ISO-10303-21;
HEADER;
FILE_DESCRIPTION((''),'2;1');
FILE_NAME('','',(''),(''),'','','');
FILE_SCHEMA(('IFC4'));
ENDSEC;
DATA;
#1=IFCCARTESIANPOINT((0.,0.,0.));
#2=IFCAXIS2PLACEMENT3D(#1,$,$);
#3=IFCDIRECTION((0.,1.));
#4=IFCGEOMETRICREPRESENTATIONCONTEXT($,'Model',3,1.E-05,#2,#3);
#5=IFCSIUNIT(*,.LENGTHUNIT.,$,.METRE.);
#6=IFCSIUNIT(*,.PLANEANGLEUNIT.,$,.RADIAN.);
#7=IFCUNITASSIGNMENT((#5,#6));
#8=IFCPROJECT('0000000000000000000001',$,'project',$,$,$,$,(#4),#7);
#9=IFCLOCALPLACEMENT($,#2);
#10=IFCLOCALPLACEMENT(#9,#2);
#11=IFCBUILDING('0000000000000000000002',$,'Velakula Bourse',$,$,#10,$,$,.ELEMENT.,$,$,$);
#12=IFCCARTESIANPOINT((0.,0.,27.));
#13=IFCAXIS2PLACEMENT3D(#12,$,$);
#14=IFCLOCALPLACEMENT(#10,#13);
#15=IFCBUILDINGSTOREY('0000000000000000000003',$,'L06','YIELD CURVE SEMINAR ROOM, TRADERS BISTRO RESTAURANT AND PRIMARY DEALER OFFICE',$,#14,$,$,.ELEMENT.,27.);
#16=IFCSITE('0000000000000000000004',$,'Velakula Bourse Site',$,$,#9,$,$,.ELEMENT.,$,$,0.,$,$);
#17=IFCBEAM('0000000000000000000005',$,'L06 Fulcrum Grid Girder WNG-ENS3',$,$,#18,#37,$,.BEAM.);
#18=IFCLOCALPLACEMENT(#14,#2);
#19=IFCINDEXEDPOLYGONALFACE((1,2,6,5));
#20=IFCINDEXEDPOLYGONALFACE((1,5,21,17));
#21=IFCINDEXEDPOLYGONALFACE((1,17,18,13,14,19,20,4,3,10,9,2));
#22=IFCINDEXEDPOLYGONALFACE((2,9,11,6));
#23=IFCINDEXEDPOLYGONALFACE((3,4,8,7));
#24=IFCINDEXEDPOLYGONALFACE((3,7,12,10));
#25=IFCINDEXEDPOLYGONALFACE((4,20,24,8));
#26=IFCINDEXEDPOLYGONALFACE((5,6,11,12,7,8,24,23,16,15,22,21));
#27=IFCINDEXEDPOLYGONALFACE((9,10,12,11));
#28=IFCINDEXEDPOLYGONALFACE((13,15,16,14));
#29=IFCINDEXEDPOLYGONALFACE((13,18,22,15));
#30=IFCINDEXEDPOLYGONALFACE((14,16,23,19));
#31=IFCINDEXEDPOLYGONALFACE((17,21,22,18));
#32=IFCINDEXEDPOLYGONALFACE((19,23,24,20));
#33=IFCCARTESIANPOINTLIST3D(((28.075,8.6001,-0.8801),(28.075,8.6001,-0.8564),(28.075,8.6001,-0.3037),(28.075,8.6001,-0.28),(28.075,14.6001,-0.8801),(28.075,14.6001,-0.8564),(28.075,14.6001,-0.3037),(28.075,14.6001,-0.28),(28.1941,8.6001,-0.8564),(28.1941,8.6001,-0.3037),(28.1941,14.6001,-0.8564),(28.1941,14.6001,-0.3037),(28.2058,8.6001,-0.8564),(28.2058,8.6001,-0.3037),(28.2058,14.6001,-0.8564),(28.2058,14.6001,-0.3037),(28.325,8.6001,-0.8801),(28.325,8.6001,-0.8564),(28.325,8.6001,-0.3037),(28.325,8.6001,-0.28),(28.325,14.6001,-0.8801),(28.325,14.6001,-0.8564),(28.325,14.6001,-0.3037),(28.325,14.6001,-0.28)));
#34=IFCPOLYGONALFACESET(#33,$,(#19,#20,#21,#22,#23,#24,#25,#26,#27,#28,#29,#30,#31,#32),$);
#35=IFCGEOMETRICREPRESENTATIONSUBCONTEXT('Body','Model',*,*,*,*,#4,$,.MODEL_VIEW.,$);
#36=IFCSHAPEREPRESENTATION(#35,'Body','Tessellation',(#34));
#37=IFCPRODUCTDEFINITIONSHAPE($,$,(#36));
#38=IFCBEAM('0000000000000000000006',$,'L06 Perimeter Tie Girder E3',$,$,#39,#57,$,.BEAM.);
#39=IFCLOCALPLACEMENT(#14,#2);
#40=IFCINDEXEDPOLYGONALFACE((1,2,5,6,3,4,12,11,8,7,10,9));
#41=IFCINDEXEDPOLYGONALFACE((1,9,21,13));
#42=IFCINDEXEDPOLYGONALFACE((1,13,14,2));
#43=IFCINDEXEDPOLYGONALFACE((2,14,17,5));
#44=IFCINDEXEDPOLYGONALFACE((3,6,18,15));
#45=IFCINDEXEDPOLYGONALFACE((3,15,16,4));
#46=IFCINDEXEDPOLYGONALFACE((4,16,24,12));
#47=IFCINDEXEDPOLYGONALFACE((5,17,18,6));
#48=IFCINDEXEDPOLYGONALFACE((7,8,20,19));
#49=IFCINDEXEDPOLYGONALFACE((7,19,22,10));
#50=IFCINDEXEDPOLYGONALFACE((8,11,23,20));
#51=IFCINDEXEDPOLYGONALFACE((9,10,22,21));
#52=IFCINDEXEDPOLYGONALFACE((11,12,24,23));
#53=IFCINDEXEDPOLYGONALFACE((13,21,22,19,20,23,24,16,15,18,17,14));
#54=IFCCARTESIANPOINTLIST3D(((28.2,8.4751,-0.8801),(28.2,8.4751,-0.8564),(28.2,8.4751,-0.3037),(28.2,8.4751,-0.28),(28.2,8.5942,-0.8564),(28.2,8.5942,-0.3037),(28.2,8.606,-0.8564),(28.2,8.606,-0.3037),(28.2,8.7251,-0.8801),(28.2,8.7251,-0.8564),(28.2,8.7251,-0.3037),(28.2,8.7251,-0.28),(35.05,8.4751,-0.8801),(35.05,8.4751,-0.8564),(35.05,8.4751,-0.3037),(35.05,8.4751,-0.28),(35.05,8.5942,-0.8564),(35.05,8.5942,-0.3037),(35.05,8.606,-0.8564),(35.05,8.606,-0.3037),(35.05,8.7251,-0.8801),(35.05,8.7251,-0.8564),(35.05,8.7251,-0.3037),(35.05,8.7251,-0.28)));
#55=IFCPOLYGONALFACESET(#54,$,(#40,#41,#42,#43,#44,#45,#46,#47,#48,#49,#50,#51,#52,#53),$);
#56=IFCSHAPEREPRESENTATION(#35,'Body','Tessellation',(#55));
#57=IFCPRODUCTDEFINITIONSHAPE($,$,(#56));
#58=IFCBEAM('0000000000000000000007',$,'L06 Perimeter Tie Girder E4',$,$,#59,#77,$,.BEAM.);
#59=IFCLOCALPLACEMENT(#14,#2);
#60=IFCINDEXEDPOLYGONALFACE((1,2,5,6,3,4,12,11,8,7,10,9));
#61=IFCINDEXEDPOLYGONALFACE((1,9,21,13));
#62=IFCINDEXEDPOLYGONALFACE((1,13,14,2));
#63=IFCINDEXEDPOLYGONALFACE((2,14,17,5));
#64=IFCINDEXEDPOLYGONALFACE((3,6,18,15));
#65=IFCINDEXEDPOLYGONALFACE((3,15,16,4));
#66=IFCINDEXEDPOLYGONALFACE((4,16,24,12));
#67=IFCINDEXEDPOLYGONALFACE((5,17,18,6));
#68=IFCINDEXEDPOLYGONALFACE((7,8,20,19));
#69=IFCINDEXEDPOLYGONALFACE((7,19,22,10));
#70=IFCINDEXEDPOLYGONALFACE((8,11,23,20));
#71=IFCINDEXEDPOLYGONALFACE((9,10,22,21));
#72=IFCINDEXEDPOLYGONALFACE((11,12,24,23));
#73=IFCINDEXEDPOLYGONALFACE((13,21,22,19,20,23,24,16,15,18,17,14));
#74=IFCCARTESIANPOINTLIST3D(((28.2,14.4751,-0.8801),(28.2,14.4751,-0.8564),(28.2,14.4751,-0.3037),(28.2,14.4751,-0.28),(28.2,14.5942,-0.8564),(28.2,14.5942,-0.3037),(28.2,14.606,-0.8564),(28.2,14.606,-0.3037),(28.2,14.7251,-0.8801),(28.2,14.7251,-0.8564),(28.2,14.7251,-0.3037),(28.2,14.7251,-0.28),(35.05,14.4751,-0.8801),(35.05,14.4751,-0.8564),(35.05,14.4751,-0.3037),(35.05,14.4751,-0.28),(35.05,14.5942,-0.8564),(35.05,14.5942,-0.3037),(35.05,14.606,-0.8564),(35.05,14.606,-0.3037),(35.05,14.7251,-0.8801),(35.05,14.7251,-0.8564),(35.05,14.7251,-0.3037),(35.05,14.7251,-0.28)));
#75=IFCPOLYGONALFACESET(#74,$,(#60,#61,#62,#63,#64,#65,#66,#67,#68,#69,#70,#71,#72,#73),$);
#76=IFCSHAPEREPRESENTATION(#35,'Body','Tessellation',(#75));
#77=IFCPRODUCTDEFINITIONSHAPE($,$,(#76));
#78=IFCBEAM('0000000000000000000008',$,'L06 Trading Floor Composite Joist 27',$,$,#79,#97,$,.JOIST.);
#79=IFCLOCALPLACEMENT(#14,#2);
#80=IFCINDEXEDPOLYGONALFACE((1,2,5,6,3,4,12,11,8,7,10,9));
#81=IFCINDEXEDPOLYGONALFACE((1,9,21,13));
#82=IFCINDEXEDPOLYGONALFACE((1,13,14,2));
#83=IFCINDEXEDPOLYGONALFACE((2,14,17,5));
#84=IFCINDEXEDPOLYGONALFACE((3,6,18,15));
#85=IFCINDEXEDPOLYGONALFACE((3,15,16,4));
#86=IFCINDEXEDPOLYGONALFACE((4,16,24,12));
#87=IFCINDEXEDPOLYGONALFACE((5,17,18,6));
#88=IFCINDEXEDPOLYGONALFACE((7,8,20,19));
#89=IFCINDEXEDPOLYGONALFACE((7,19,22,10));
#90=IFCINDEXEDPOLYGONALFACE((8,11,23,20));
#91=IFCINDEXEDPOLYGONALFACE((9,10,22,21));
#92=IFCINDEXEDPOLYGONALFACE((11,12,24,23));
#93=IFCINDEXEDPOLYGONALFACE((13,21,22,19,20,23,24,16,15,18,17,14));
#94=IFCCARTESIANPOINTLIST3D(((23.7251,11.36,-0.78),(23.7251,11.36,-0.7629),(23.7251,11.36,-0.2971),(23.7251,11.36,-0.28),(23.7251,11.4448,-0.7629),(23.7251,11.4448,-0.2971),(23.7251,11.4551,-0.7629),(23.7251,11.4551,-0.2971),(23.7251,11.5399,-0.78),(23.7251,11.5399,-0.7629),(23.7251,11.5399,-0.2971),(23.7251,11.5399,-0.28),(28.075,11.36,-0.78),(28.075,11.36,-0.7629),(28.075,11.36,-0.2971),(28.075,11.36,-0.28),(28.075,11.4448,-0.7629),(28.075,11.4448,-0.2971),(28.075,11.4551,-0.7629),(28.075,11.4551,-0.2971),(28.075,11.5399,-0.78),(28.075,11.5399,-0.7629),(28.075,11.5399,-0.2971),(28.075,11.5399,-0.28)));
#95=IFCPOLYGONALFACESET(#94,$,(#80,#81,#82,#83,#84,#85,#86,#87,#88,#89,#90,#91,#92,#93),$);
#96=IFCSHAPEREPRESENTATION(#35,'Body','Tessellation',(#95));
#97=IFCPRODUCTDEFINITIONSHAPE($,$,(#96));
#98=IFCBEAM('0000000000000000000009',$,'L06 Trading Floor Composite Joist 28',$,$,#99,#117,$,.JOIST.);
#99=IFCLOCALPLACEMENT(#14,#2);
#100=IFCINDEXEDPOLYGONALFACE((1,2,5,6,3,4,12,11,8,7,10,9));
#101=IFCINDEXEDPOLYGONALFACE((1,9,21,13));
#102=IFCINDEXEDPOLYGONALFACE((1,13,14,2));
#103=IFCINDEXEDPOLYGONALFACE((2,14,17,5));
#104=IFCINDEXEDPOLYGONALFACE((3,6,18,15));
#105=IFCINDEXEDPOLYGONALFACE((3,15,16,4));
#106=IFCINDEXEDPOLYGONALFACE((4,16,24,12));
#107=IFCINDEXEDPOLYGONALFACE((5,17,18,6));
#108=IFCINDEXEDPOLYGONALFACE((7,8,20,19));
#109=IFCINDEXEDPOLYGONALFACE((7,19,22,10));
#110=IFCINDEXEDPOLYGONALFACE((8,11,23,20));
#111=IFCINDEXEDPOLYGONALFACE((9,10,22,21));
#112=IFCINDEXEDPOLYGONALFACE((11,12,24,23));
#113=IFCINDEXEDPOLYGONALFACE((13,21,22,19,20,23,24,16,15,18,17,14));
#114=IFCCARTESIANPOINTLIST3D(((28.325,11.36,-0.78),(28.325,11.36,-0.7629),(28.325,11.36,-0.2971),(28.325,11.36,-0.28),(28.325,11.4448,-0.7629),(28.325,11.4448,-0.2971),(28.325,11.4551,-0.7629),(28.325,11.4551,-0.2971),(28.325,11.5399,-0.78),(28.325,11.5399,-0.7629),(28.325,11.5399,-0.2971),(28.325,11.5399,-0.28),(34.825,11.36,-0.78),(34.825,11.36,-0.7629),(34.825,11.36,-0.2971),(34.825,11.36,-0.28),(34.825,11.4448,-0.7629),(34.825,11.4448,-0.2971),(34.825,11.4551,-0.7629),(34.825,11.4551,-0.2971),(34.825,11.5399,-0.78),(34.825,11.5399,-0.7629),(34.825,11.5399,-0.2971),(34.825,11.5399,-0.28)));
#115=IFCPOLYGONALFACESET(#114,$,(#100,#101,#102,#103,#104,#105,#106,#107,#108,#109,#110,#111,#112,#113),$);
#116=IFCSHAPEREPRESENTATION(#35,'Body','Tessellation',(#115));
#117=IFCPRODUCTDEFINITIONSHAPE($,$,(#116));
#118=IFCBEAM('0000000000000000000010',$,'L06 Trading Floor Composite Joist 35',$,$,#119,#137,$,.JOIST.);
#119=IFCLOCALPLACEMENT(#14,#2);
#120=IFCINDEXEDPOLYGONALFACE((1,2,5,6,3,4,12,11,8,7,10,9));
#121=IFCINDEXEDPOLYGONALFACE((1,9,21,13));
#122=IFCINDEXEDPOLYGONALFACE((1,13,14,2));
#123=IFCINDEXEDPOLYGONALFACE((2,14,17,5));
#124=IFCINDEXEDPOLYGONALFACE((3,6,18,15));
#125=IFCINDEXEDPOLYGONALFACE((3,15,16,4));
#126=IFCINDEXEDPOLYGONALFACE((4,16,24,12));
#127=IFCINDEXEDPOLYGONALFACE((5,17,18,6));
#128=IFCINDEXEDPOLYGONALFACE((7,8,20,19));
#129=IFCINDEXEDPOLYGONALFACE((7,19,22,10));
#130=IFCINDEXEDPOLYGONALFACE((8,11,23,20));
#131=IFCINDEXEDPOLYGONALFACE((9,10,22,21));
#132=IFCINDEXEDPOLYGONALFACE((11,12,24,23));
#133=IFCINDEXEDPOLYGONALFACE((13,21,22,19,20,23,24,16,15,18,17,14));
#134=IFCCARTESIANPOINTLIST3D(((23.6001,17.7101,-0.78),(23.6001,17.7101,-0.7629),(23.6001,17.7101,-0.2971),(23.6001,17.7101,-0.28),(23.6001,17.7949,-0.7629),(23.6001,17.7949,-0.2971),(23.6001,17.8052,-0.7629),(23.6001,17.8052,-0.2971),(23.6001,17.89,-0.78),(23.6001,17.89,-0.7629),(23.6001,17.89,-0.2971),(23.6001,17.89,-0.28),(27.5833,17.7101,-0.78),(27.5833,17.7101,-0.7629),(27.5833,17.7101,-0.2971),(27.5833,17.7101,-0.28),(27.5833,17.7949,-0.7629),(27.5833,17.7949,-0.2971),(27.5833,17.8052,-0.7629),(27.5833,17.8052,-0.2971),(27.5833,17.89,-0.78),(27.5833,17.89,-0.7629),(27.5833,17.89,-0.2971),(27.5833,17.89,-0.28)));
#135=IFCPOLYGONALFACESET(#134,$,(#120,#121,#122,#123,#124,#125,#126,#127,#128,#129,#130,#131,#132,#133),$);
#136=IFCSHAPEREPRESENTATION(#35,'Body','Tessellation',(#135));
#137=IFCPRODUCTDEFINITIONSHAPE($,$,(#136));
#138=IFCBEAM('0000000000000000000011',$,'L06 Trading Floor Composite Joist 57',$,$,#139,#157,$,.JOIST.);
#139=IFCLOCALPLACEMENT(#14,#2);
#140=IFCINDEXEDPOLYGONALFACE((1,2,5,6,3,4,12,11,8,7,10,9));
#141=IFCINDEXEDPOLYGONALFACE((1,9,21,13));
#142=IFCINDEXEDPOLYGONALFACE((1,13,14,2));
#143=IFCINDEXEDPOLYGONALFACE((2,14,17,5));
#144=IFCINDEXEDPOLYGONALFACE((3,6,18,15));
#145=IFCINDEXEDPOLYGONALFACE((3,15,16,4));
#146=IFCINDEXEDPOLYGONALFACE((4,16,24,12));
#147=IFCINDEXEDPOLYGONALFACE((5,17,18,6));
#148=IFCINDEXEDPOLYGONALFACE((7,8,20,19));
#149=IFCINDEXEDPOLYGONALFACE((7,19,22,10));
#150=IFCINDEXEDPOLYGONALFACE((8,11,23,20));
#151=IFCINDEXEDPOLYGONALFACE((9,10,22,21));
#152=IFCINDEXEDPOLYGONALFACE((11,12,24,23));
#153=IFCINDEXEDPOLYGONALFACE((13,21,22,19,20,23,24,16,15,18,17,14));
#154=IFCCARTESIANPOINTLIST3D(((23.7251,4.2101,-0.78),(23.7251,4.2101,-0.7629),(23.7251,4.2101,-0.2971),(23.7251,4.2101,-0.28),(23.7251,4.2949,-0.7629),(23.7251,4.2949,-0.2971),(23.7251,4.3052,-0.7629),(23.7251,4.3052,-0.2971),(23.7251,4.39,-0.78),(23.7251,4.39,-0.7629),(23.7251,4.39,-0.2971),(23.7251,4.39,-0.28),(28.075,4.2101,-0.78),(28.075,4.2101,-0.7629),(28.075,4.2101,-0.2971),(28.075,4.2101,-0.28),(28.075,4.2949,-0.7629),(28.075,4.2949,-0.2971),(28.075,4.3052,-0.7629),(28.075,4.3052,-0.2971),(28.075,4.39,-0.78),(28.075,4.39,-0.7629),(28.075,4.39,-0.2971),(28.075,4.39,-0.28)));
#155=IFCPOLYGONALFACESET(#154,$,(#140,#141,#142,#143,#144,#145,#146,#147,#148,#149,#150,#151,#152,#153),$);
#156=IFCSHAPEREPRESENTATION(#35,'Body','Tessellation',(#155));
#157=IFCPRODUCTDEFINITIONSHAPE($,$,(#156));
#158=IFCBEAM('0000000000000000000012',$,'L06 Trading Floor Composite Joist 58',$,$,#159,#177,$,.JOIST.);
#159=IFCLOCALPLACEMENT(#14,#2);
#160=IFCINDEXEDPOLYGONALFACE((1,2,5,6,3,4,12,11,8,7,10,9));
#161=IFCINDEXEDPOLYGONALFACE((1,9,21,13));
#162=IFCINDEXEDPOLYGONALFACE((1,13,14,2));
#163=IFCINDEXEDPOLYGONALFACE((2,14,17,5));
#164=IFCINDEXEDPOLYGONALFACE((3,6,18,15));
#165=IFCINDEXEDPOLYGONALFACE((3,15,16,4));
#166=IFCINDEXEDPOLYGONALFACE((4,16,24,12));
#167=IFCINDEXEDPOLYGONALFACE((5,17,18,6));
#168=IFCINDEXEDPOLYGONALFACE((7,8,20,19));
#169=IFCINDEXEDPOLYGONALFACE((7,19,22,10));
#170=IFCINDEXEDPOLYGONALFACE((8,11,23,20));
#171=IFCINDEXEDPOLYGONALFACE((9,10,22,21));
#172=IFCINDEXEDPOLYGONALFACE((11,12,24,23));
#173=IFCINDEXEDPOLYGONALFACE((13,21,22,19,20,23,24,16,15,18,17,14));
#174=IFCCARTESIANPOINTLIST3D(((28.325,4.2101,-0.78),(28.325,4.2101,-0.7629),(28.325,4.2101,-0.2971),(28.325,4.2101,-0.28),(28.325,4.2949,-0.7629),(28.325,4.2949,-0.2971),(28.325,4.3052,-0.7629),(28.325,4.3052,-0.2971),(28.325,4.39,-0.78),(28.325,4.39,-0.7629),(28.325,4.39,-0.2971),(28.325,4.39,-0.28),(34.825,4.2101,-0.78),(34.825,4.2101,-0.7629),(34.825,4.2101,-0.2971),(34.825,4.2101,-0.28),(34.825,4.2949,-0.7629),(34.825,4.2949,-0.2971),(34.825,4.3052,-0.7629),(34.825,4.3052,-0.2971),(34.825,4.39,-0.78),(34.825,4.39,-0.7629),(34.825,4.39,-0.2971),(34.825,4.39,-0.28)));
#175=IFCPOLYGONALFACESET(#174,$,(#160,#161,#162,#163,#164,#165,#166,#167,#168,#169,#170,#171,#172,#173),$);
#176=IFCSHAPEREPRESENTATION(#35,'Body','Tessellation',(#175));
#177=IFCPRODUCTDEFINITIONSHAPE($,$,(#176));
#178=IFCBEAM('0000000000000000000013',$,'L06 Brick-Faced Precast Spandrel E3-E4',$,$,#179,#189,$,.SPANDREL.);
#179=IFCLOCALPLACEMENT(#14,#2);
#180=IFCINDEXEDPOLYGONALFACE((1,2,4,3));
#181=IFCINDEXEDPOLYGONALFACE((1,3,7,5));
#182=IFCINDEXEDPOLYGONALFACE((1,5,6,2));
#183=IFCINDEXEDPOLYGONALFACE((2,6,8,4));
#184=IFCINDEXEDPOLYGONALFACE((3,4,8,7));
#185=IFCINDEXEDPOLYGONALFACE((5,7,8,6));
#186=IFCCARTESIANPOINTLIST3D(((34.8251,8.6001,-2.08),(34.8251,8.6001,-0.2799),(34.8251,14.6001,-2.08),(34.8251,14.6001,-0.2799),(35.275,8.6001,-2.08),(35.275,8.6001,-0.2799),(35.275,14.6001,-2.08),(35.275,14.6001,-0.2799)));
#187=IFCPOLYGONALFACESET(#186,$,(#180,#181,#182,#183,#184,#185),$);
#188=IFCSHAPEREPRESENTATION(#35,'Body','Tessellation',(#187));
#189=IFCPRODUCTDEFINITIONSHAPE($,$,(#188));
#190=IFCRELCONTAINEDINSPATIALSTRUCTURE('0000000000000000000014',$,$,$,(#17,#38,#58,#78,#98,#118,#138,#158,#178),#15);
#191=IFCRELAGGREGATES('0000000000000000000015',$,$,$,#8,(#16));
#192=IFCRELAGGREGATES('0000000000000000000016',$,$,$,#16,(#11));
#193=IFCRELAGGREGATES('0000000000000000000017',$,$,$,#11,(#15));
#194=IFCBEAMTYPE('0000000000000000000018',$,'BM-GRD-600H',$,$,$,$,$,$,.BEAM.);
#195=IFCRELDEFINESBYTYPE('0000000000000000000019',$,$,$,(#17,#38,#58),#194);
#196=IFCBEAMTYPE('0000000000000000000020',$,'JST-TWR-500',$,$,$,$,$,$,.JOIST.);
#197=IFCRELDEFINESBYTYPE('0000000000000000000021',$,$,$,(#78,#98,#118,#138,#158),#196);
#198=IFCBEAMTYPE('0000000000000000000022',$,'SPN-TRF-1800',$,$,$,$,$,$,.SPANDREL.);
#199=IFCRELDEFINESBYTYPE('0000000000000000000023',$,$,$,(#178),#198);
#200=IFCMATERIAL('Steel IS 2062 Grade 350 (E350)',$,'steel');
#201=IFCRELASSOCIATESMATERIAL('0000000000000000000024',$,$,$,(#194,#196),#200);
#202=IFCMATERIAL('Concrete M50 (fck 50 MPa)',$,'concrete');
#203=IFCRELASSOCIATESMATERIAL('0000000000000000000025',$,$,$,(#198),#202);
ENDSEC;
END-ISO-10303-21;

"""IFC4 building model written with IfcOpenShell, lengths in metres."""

from ifc_helpers import new_model, si_unit, direction, frame, origin, origin_2d, place, context, subcontext, project, spatial, rectangle, i_section, extrude, material, material_profile, profile_set, type_object, element, save


model = new_model("IFC4")

# Units and contexts
model_context = context("Model", 3, precision=1e-05, world=origin(), true_north=direction((0.0, 1.0)))
body_context = subcontext(model_context, "Body", "Model", "MODEL_VIEW")
ifc_project = project(units=[si_unit("LENGTHUNIT", "METRE"), si_unit("PLANEANGLEUNIT", "RADIAN")], contexts=[model_context])

# Site, building, storey
site_placement = place(None, origin())
site = spatial("IfcSite", under=ifc_project, at=site_placement, Name="Velakula Bourse Site", CompositionType="ELEMENT", RefElevation=0.0)
building_placement = place(site_placement, origin())
building = spatial("IfcBuilding", under=site, at=building_placement, Name="Velakula Bourse", CompositionType="ELEMENT")
storey_placement = place(building_placement, frame((0.0, 0.0, 27.0)))
storey = spatial("IfcBuildingStorey", under=building, at=storey_placement, Name="L06", Description="YIELD CURVE SEMINAR ROOM, TRADERS BISTRO RESTAURANT AND PRIMARY DEALER OFFICE", CompositionType="ELEMENT", Elevation=27.0)

# Beams
ifc_material_1 = material(Name="Steel IS 2062 Grade 350 (E350)", Category="steel")
ifc_material_profile_1 = material_profile(ifc_material_1, i_section(OverallWidth=0.25, OverallDepth=0.6001, WebThickness=0.0117, FlangeThickness=0.0237, at=origin_2d()), Name="Steel IS 2062 Grade 350 (E350)")
ifc_profile_set_1 = profile_set([ifc_material_profile_1], Name="Steel IS 2062 Grade 350 (E350)")
beam_type_1 = type_object("IfcBeamType", Name="BM-GRD-600H", PredefinedType="BEAM", material=ifc_profile_set_1)
beam_1_placement = place(storey_placement, frame((28.2, 8.6001, -0.5801), z_axis=(0.0, 1.0, 0.0), x_axis=(-1.0, 0.0, 0.0)))
element("IfcBeam", 1, at=beam_1_placement, inside=storey, type_object=beam_type_1, Name="L06 Fulcrum Grid Girder WNG-ENS3", PredefinedType="BEAM", context=body_context, shape_type="SweptSolid", body=[
    extrude(i_section(OverallWidth=0.25, OverallDepth=0.6001, WebThickness=0.0117, FlangeThickness=0.0237, at=origin_2d()), origin(), (0.0, 0.0, 1.0), 6.0),
])
for number, where, z_axis, x_axis, name in (
    (2, (28.2, 8.6001, -0.5801), (1.0, 0.0, 0.0), (0.0, 1.0, 0.0), "L06 Perimeter Tie Girder E3"),
    (3, (28.2, 14.6001, -0.5801), (1.0, 0.0, 0.0), (0.0, 1.0, 0.0), "L06 Perimeter Tie Girder E4"),
):
    element("IfcBeam", number, at=place(storey_placement, frame(where, z_axis=z_axis, x_axis=x_axis)), inside=storey, type_object=beam_type_1, Name=name, PredefinedType="BEAM", context=body_context, shape_type="SweptSolid", body=[
        extrude(i_section(OverallWidth=0.25, OverallDepth=0.6001, WebThickness=0.0117, FlangeThickness=0.0237, at=origin_2d()), origin(), (0.0, 0.0, 1.0), 6.8501),
    ])
ifc_material_profile_2 = material_profile(ifc_material_1, i_section(OverallWidth=0.1799, OverallDepth=0.5, WebThickness=0.0103, FlangeThickness=0.0171, at=origin_2d()), Name="Steel IS 2062 Grade 350 (E350)")
ifc_profile_set_2 = profile_set([ifc_material_profile_2], Name="Steel IS 2062 Grade 350 (E350)")
beam_type_2 = type_object("IfcBeamType", Name="JST-TWR-500", PredefinedType="JOIST", material=ifc_profile_set_2)
beam_2_placement = place(storey_placement, frame((23.7251, 11.45, -0.53), z_axis=(1.0, 0.0, 0.0), x_axis=(0.0, 1.0, 0.0)))
element("IfcBeam", 4, at=beam_2_placement, inside=storey, type_object=beam_type_2, Name="L06 Trading Floor Composite Joist 27", PredefinedType="JOIST", context=body_context, shape_type="SweptSolid", body=[
    extrude(i_section(OverallWidth=0.1799, OverallDepth=0.5, WebThickness=0.0103, FlangeThickness=0.0171, at=origin_2d()), origin(), (0.0, 0.0, 1.0), 4.3499),
])
beam_3_placement = place(storey_placement, frame((28.325, 11.45, -0.53), z_axis=(1.0, 0.0, 0.0), x_axis=(0.0, 1.0, 0.0)))
element("IfcBeam", 5, at=beam_3_placement, inside=storey, type_object=beam_type_2, Name="L06 Trading Floor Composite Joist 28", PredefinedType="JOIST", context=body_context, shape_type="SweptSolid", body=[
    extrude(i_section(OverallWidth=0.1799, OverallDepth=0.5, WebThickness=0.0103, FlangeThickness=0.0171, at=origin_2d()), origin(), (0.0, 0.0, 1.0), 6.5),
])
beam_4_placement = place(storey_placement, frame((23.6001, 17.8, -0.53), z_axis=(1.0, 0.0, 0.0), x_axis=(0.0, 1.0, 0.0)))
element("IfcBeam", 6, at=beam_4_placement, inside=storey, type_object=beam_type_2, Name="L06 Trading Floor Composite Joist 35", PredefinedType="JOIST", context=body_context, shape_type="SweptSolid", body=[
    extrude(i_section(OverallWidth=0.1799, OverallDepth=0.5, WebThickness=0.0103, FlangeThickness=0.0171, at=origin_2d()), origin(), (0.0, 0.0, 1.0), 3.9832),
])
beam_5_placement = place(storey_placement, frame((23.7251, 4.3, -0.53), z_axis=(1.0, 0.0, 0.0), x_axis=(0.0, 1.0, 0.0)))
element("IfcBeam", 7, at=beam_5_placement, inside=storey, type_object=beam_type_2, Name="L06 Trading Floor Composite Joist 57", PredefinedType="JOIST", context=body_context, shape_type="SweptSolid", body=[
    extrude(i_section(OverallWidth=0.1799, OverallDepth=0.5, WebThickness=0.0103, FlangeThickness=0.0171, at=origin_2d()), origin(), (0.0, 0.0, 1.0), 4.3499),
])
beam_6_placement = place(storey_placement, frame((28.325, 4.3, -0.53), z_axis=(1.0, 0.0, 0.0), x_axis=(0.0, 1.0, 0.0)))
element("IfcBeam", 8, at=beam_6_placement, inside=storey, type_object=beam_type_2, Name="L06 Trading Floor Composite Joist 58", PredefinedType="JOIST", context=body_context, shape_type="SweptSolid", body=[
    extrude(i_section(OverallWidth=0.1799, OverallDepth=0.5, WebThickness=0.0103, FlangeThickness=0.0171, at=origin_2d()), origin(), (0.0, 0.0, 1.0), 6.5),
])
ifc_material_2 = material(Name="Concrete M50 (fck 50 MPa)", Category="concrete")
ifc_material_profile_3 = material_profile(ifc_material_2, rectangle(XDim=0.45, YDim=1.8, at=origin_2d()), Name="Concrete M50 (fck 50 MPa)")
ifc_profile_set_3 = profile_set([ifc_material_profile_3], Name="Concrete M50 (fck 50 MPa)")
beam_type_3 = type_object("IfcBeamType", Name="SPN-TRF-1800", PredefinedType="SPANDREL", material=ifc_profile_set_3)
beam_7_placement = place(storey_placement, frame((35.05, 8.6001, -1.1799), z_axis=(0.0, 1.0, 0.0), x_axis=(-1.0, 0.0, 0.0)))
element("IfcBeam", 9, at=beam_7_placement, inside=storey, type_object=beam_type_3, Name="L06 Brick-Faced Precast Spandrel E3-E4", PredefinedType="SPANDREL", context=body_context, shape_type="SweptSolid", body=[
    extrude(rectangle(XDim=0.45, YDim=1.8, at=origin_2d()), origin(), (0.0, 0.0, 1.0), 6.0),
])

save(model, "model.ifc")
